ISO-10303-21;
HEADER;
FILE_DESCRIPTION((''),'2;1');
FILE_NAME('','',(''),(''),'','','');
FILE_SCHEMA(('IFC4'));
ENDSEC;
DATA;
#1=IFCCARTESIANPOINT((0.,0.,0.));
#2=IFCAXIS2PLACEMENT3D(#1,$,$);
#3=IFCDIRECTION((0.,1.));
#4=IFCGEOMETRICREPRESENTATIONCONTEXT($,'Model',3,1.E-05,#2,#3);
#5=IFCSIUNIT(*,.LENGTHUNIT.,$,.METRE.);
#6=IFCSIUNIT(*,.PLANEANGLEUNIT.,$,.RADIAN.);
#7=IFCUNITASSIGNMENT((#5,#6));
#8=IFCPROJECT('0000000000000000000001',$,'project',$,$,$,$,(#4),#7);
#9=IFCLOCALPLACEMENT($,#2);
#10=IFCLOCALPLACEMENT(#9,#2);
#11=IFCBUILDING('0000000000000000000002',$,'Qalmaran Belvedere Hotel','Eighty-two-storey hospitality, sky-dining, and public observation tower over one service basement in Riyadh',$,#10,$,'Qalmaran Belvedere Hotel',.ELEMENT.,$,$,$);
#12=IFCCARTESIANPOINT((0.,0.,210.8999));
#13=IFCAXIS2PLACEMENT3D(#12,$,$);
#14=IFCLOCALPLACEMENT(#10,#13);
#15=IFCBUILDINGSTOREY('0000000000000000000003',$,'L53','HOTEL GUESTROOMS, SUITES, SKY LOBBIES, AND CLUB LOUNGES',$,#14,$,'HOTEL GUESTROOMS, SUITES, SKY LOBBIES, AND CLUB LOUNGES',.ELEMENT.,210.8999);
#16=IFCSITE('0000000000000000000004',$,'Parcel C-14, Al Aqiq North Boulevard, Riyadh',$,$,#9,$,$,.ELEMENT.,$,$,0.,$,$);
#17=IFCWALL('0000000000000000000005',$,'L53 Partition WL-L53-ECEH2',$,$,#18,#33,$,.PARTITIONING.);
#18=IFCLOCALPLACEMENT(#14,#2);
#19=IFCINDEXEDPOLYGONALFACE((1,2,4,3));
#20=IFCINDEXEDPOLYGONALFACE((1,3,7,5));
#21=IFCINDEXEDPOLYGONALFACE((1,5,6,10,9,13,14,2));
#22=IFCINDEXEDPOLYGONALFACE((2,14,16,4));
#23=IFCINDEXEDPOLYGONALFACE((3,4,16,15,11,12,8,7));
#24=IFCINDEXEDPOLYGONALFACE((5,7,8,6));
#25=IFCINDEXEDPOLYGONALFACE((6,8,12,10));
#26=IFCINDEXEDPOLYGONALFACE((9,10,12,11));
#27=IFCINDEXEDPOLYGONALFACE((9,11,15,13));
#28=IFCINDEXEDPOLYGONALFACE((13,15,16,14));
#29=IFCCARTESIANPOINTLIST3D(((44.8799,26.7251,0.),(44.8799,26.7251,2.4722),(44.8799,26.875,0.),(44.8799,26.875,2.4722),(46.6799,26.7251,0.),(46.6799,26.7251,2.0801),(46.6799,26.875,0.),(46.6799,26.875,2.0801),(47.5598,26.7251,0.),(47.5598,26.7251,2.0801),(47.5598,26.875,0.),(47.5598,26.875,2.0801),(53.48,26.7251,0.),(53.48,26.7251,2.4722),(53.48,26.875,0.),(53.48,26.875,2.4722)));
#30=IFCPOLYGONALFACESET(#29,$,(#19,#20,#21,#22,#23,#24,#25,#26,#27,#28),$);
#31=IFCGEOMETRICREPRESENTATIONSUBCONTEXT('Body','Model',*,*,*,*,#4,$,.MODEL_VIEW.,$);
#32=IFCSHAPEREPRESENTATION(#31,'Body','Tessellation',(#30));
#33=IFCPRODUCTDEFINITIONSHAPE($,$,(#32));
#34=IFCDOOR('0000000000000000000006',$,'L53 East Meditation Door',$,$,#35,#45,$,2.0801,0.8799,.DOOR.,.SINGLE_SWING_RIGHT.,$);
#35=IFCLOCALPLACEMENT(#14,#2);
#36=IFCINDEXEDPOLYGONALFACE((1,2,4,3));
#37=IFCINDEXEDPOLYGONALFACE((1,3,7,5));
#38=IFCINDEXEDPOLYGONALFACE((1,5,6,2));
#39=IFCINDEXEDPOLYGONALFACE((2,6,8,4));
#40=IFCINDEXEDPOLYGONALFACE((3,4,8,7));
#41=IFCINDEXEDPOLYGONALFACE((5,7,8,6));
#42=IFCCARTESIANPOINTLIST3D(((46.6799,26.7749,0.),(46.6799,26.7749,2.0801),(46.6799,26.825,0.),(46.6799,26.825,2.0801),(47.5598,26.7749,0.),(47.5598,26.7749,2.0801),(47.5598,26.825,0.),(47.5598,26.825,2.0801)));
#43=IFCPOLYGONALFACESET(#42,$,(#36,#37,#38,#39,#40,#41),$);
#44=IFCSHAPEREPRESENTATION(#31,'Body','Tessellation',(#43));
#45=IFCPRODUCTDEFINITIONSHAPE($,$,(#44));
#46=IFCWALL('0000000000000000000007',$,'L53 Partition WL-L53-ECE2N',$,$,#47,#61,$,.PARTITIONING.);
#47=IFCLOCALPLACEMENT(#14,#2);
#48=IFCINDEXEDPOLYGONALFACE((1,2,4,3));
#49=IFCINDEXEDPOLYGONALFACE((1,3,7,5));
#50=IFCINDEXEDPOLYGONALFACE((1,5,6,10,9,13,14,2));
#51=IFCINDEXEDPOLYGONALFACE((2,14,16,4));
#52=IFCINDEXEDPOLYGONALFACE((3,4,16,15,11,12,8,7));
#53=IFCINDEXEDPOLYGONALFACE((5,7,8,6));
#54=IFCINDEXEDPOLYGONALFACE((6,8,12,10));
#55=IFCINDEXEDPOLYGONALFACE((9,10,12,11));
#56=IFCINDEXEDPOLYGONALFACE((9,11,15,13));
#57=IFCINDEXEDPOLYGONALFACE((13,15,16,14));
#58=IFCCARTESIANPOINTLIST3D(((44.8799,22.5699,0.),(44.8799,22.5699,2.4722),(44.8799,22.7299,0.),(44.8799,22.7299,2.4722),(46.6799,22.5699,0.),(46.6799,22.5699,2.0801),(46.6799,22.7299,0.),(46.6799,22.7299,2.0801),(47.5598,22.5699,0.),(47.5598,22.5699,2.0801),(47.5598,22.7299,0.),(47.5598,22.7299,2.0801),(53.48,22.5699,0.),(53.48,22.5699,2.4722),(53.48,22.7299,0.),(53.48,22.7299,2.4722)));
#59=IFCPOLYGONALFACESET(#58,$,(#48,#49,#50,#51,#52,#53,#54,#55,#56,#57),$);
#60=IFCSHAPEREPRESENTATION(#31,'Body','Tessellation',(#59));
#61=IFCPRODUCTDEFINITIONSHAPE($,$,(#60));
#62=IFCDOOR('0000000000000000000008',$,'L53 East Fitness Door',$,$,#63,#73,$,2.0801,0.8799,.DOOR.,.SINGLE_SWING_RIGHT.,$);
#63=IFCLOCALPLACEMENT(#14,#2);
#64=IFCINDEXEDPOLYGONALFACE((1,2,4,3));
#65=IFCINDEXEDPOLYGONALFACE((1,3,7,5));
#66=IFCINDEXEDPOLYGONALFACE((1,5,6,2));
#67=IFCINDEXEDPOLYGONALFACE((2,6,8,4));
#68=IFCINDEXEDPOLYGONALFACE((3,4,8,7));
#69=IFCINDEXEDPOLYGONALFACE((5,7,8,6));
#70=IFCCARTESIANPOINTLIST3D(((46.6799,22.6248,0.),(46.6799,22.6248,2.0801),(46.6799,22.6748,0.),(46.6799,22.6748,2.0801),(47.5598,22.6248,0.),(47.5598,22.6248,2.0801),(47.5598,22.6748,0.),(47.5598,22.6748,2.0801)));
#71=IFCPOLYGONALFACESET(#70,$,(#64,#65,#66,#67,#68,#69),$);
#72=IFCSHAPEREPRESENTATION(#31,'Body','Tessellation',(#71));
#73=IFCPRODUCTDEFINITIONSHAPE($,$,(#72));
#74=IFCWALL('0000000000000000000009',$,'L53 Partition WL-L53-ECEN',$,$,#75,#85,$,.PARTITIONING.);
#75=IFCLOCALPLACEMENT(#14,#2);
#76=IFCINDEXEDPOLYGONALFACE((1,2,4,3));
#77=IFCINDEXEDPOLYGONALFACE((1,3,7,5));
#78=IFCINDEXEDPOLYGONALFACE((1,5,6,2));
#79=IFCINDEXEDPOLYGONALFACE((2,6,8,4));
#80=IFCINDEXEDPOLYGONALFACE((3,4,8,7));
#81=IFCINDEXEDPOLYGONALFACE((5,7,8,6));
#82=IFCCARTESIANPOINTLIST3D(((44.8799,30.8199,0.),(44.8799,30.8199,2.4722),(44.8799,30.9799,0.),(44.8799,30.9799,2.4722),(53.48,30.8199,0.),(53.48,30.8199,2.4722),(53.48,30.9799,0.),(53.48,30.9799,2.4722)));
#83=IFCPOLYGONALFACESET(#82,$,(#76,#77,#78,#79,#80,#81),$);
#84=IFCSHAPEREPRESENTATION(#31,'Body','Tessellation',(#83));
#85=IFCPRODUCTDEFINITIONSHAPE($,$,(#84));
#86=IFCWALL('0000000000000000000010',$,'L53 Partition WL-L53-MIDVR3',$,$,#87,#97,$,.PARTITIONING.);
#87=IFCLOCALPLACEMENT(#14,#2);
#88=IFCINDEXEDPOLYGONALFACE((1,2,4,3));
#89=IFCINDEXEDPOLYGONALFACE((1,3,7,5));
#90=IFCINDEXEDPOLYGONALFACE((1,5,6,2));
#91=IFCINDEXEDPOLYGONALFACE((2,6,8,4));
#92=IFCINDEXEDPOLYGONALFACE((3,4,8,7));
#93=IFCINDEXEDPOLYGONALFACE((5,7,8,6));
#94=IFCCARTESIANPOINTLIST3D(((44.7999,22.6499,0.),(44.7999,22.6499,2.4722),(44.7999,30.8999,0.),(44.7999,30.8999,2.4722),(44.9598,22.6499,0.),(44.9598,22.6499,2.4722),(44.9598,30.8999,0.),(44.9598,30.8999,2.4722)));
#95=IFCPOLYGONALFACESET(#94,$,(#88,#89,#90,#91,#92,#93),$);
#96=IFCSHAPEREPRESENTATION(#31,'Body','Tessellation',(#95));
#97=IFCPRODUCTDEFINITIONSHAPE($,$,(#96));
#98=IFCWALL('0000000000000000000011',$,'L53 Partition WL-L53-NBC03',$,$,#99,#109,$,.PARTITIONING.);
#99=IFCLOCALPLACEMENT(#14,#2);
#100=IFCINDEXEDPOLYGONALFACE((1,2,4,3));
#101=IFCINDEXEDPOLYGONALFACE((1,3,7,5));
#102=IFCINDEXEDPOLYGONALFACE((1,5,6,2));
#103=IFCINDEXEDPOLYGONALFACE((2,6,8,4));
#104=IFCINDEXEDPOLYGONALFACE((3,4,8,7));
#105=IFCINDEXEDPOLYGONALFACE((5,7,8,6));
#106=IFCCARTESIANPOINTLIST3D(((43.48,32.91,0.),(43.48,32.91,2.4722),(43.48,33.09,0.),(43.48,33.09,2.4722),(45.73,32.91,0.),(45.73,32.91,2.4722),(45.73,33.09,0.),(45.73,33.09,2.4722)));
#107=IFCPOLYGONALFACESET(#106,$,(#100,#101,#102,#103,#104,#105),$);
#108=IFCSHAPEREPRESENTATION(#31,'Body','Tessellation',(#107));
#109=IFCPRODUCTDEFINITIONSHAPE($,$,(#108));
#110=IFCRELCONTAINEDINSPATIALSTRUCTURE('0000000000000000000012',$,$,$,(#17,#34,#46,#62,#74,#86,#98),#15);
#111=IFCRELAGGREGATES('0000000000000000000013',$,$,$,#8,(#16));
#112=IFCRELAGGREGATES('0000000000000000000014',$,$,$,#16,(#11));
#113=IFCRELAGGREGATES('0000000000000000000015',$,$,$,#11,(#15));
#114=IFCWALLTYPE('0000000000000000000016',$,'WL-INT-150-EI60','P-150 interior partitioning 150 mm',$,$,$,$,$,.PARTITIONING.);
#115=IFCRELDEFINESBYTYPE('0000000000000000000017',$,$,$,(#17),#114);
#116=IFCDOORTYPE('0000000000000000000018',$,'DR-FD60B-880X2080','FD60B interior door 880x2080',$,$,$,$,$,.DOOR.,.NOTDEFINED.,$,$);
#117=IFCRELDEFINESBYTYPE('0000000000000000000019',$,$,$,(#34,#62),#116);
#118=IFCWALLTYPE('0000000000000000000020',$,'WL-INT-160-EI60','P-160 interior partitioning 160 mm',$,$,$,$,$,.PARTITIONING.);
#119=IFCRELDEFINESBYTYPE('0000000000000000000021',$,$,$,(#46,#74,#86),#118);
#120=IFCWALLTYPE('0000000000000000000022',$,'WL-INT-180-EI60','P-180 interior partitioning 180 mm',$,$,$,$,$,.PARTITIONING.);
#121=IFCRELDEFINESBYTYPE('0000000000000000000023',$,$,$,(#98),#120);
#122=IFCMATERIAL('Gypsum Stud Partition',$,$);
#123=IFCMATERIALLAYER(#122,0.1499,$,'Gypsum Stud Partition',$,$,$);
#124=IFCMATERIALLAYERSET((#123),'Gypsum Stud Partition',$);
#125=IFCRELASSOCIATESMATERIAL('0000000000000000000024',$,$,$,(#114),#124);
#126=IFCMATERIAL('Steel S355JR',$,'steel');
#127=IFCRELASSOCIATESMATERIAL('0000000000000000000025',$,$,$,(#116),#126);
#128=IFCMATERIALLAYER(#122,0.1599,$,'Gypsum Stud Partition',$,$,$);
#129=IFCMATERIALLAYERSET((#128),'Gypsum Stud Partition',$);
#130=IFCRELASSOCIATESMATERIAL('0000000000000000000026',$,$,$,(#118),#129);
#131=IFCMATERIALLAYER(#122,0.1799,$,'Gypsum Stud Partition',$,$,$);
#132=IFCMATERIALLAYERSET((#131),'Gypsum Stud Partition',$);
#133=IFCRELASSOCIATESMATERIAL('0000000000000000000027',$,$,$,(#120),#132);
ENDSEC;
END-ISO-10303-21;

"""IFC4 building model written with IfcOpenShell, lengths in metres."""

from ifc_helpers import new_model, si_unit, direction, frame, frame_2d, origin, place, context, subcontext, project, spatial, rectangle, extrude, material, layer, layer_set, type_object, element, fill, save


model = new_model("IFC4")

# Units and contexts
model_context = context("Model", 3, precision=1e-05, world=origin(), true_north=direction((0.0, 1.0)))
body_context = subcontext(model_context, "Body", "Model", "MODEL_VIEW")
ifc_project = project(units=[si_unit("LENGTHUNIT", "METRE"), si_unit("PLANEANGLEUNIT", "RADIAN")], contexts=[model_context])

# Site, building, storey
site_placement = place(None, origin())
site = spatial("IfcSite", under=ifc_project, at=site_placement, Name="Parcel C-14, Al Aqiq North Boulevard, Riyadh", CompositionType="ELEMENT", RefElevation=0.0)
building_placement = place(site_placement, origin())
building = spatial("IfcBuilding", under=site, at=building_placement, Name="Qalmaran Belvedere Hotel", Description="Eighty-two-storey hospitality, sky-dining, and public observation tower over one service basement in Riyadh", LongName="Qalmaran Belvedere Hotel", CompositionType="ELEMENT")
storey_placement = place(building_placement, frame((0.0, 0.0, 210.8999)))
storey = spatial("IfcBuildingStorey", under=building, at=storey_placement, Name="L53", Description="HOTEL GUESTROOMS, SUITES, SKY LOBBIES, AND CLUB LOUNGES", LongName="HOTEL GUESTROOMS, SUITES, SKY LOBBIES, AND CLUB LOUNGES", CompositionType="ELEMENT", Elevation=210.8999)

# Shared definitions
ifc_material_1 = material(Name="Steel S355JR", Category="steel")

# Walls, openings, doors
ifc_material_2 = material(Name="Gypsum Stud Partition")
ifc_layer_1 = layer(ifc_material_2, 0.1499, Name="Gypsum Stud Partition")
ifc_layer_set_1 = layer_set([ifc_layer_1], Name="Gypsum Stud Partition")
wall_type_1 = type_object("IfcWallType", Name="WL-INT-150-EI60", Description="P-150 interior partitioning 150 mm", PredefinedType="PARTITIONING", material=ifc_layer_set_1)
wall_1_placement = place(storey_placement, frame((44.8799, 26.8, 0.0), z_axis=(0.0, 0.0, 1.0), x_axis=(1.0, 0.0, 0.0)))
wall_1 = element("IfcWall", 1, at=wall_1_placement, inside=storey, type_object=wall_type_1, Name="L53 Partition WL-L53-ECEH2", PredefinedType="PARTITIONING", context=body_context, shape_type="SweptSolid", body=[
    extrude(rectangle(XDim=8.6001, YDim=0.1499, at=frame_2d((4.3, 0.0))), origin(), (0.0, 0.0, 1.0), 2.4722),
])
opening_1_placement = place(wall_1_placement, frame((1.8, 0.0, 0.0)))
opening_1 = element("IfcOpeningElement", 2, at=opening_1_placement, cuts=wall_1, PredefinedType="OPENING", context=body_context, shape_type="SweptSolid", body=[
    extrude(rectangle(XDim=0.8799, YDim=2.0801, at=frame_2d((0.4399, 1.04))), frame((0.0, 0.085, 0.0), z_axis=(0.0, -1.0, 0.0), x_axis=(1.0, 0.0, 0.0)), (0.0, 0.0, 1.0), 0.1699),
])
door_type = type_object("IfcDoorType", Name="DR-FD60B-880X2080", Description="FD60B interior door 880x2080", OperationType="NOTDEFINED", PredefinedType="DOOR", material=ifc_material_1)
door_1_placement = place(opening_1_placement, origin())
door_1 = element("IfcDoor", 3, at=door_1_placement, inside=storey, type_object=door_type, Name="L53 East Meditation Door", OperationType="SINGLE_SWING_RIGHT", OverallHeight=2.0801, OverallWidth=0.8799, PredefinedType="DOOR", context=body_context, shape_type="SweptSolid", body=[
    extrude(rectangle(XDim=0.8799, YDim=2.0801, at=frame_2d((0.4399, 1.04))), frame((0.0, 0.0249, 0.0), z_axis=(0.0, -1.0, 0.0), x_axis=(1.0, 0.0, 0.0)), (0.0, 0.0, 1.0), 0.05),
])
fill(opening_1, door_1)
ifc_layer_2 = layer(ifc_material_2, 0.1599, Name="Gypsum Stud Partition")
ifc_layer_set_2 = layer_set([ifc_layer_2], Name="Gypsum Stud Partition")
wall_type_2 = type_object("IfcWallType", Name="WL-INT-160-EI60", Description="P-160 interior partitioning 160 mm", PredefinedType="PARTITIONING", material=ifc_layer_set_2)
wall_2_placement = place(storey_placement, frame((44.8799, 22.6499, 0.0), z_axis=(0.0, 0.0, 1.0), x_axis=(1.0, 0.0, 0.0)))
wall_2 = element("IfcWall", 4, at=wall_2_placement, inside=storey, type_object=wall_type_2, Name="L53 Partition WL-L53-ECE2N", PredefinedType="PARTITIONING", context=body_context, shape_type="SweptSolid", body=[
    extrude(rectangle(XDim=8.6001, YDim=0.1599, at=frame_2d((4.3, 0.0))), origin(), (0.0, 0.0, 1.0), 2.4722),
])
opening_2_placement = place(wall_2_placement, frame((1.8, 0.0, 0.0)))
opening_2 = element("IfcOpeningElement", 5, at=opening_2_placement, cuts=wall_2, PredefinedType="OPENING", context=body_context, shape_type="SweptSolid", body=[
    extrude(rectangle(XDim=0.8799, YDim=2.0801, at=frame_2d((0.4399, 1.04))), frame((0.0, 0.0898, 0.0), z_axis=(0.0, -1.0, 0.0), x_axis=(1.0, 0.0, 0.0)), (0.0, 0.0, 1.0), 0.1799),
])
door_2_placement = place(opening_2_placement, origin())
door_2 = element("IfcDoor", 6, at=door_2_placement, inside=storey, type_object=door_type, Name="L53 East Fitness Door", OperationType="SINGLE_SWING_RIGHT", OverallHeight=2.0801, OverallWidth=0.8799, PredefinedType="DOOR", context=body_context, shape_type="SweptSolid", body=[
    extrude(rectangle(XDim=0.8799, YDim=2.0801, at=frame_2d((0.4399, 1.04))), frame((0.0, 0.0249, 0.0), z_axis=(0.0, -1.0, 0.0), x_axis=(1.0, 0.0, 0.0)), (0.0, 0.0, 1.0), 0.05),
])
fill(opening_2, door_2)

# Walls
wall_3_placement = place(storey_placement, frame((44.8799, 30.8999, 0.0), z_axis=(0.0, 0.0, 1.0), x_axis=(1.0, 0.0, 0.0)))
element("IfcWall", 7, at=wall_3_placement, inside=storey, type_object=wall_type_2, Name="L53 Partition WL-L53-ECEN", PredefinedType="PARTITIONING", context=body_context, shape_type="SweptSolid", body=[
    extrude(rectangle(XDim=8.6001, YDim=0.1599, at=frame_2d((4.3, 0.0))), origin(), (0.0, 0.0, 1.0), 2.4722),
])
wall_4_placement = place(storey_placement, frame((44.8799, 22.6499, 0.0), z_axis=(0.0, 0.0, 1.0), x_axis=(0.0, 1.0, 0.0)))
element("IfcWall", 8, at=wall_4_placement, inside=storey, type_object=wall_type_2, Name="L53 Partition WL-L53-MIDVR3", PredefinedType="PARTITIONING", context=body_context, shape_type="SweptSolid", body=[
    extrude(rectangle(XDim=8.25, YDim=0.1599, at=frame_2d((4.125, 0.0))), origin(), (0.0, 0.0, 1.0), 2.4722),
])
ifc_layer_3 = layer(ifc_material_2, 0.1799, Name="Gypsum Stud Partition")
ifc_layer_set_3 = layer_set([ifc_layer_3], Name="Gypsum Stud Partition")
wall_type_3 = type_object("IfcWallType", Name="WL-INT-180-EI60", Description="P-180 interior partitioning 180 mm", PredefinedType="PARTITIONING", material=ifc_layer_set_3)
wall_5_placement = place(storey_placement, frame((43.48, 33.0, 0.0), z_axis=(0.0, 0.0, 1.0), x_axis=(1.0, 0.0, 0.0)))
element("IfcWall", 9, at=wall_5_placement, inside=storey, type_object=wall_type_3, Name="L53 Partition WL-L53-NBC03", PredefinedType="PARTITIONING", context=body_context, shape_type="SweptSolid", body=[
    extrude(rectangle(XDim=2.25, YDim=0.1799, at=frame_2d((1.125, 0.0))), origin(), (0.0, 0.0, 1.0), 2.4722),
])

save(model, "model.ifc")
